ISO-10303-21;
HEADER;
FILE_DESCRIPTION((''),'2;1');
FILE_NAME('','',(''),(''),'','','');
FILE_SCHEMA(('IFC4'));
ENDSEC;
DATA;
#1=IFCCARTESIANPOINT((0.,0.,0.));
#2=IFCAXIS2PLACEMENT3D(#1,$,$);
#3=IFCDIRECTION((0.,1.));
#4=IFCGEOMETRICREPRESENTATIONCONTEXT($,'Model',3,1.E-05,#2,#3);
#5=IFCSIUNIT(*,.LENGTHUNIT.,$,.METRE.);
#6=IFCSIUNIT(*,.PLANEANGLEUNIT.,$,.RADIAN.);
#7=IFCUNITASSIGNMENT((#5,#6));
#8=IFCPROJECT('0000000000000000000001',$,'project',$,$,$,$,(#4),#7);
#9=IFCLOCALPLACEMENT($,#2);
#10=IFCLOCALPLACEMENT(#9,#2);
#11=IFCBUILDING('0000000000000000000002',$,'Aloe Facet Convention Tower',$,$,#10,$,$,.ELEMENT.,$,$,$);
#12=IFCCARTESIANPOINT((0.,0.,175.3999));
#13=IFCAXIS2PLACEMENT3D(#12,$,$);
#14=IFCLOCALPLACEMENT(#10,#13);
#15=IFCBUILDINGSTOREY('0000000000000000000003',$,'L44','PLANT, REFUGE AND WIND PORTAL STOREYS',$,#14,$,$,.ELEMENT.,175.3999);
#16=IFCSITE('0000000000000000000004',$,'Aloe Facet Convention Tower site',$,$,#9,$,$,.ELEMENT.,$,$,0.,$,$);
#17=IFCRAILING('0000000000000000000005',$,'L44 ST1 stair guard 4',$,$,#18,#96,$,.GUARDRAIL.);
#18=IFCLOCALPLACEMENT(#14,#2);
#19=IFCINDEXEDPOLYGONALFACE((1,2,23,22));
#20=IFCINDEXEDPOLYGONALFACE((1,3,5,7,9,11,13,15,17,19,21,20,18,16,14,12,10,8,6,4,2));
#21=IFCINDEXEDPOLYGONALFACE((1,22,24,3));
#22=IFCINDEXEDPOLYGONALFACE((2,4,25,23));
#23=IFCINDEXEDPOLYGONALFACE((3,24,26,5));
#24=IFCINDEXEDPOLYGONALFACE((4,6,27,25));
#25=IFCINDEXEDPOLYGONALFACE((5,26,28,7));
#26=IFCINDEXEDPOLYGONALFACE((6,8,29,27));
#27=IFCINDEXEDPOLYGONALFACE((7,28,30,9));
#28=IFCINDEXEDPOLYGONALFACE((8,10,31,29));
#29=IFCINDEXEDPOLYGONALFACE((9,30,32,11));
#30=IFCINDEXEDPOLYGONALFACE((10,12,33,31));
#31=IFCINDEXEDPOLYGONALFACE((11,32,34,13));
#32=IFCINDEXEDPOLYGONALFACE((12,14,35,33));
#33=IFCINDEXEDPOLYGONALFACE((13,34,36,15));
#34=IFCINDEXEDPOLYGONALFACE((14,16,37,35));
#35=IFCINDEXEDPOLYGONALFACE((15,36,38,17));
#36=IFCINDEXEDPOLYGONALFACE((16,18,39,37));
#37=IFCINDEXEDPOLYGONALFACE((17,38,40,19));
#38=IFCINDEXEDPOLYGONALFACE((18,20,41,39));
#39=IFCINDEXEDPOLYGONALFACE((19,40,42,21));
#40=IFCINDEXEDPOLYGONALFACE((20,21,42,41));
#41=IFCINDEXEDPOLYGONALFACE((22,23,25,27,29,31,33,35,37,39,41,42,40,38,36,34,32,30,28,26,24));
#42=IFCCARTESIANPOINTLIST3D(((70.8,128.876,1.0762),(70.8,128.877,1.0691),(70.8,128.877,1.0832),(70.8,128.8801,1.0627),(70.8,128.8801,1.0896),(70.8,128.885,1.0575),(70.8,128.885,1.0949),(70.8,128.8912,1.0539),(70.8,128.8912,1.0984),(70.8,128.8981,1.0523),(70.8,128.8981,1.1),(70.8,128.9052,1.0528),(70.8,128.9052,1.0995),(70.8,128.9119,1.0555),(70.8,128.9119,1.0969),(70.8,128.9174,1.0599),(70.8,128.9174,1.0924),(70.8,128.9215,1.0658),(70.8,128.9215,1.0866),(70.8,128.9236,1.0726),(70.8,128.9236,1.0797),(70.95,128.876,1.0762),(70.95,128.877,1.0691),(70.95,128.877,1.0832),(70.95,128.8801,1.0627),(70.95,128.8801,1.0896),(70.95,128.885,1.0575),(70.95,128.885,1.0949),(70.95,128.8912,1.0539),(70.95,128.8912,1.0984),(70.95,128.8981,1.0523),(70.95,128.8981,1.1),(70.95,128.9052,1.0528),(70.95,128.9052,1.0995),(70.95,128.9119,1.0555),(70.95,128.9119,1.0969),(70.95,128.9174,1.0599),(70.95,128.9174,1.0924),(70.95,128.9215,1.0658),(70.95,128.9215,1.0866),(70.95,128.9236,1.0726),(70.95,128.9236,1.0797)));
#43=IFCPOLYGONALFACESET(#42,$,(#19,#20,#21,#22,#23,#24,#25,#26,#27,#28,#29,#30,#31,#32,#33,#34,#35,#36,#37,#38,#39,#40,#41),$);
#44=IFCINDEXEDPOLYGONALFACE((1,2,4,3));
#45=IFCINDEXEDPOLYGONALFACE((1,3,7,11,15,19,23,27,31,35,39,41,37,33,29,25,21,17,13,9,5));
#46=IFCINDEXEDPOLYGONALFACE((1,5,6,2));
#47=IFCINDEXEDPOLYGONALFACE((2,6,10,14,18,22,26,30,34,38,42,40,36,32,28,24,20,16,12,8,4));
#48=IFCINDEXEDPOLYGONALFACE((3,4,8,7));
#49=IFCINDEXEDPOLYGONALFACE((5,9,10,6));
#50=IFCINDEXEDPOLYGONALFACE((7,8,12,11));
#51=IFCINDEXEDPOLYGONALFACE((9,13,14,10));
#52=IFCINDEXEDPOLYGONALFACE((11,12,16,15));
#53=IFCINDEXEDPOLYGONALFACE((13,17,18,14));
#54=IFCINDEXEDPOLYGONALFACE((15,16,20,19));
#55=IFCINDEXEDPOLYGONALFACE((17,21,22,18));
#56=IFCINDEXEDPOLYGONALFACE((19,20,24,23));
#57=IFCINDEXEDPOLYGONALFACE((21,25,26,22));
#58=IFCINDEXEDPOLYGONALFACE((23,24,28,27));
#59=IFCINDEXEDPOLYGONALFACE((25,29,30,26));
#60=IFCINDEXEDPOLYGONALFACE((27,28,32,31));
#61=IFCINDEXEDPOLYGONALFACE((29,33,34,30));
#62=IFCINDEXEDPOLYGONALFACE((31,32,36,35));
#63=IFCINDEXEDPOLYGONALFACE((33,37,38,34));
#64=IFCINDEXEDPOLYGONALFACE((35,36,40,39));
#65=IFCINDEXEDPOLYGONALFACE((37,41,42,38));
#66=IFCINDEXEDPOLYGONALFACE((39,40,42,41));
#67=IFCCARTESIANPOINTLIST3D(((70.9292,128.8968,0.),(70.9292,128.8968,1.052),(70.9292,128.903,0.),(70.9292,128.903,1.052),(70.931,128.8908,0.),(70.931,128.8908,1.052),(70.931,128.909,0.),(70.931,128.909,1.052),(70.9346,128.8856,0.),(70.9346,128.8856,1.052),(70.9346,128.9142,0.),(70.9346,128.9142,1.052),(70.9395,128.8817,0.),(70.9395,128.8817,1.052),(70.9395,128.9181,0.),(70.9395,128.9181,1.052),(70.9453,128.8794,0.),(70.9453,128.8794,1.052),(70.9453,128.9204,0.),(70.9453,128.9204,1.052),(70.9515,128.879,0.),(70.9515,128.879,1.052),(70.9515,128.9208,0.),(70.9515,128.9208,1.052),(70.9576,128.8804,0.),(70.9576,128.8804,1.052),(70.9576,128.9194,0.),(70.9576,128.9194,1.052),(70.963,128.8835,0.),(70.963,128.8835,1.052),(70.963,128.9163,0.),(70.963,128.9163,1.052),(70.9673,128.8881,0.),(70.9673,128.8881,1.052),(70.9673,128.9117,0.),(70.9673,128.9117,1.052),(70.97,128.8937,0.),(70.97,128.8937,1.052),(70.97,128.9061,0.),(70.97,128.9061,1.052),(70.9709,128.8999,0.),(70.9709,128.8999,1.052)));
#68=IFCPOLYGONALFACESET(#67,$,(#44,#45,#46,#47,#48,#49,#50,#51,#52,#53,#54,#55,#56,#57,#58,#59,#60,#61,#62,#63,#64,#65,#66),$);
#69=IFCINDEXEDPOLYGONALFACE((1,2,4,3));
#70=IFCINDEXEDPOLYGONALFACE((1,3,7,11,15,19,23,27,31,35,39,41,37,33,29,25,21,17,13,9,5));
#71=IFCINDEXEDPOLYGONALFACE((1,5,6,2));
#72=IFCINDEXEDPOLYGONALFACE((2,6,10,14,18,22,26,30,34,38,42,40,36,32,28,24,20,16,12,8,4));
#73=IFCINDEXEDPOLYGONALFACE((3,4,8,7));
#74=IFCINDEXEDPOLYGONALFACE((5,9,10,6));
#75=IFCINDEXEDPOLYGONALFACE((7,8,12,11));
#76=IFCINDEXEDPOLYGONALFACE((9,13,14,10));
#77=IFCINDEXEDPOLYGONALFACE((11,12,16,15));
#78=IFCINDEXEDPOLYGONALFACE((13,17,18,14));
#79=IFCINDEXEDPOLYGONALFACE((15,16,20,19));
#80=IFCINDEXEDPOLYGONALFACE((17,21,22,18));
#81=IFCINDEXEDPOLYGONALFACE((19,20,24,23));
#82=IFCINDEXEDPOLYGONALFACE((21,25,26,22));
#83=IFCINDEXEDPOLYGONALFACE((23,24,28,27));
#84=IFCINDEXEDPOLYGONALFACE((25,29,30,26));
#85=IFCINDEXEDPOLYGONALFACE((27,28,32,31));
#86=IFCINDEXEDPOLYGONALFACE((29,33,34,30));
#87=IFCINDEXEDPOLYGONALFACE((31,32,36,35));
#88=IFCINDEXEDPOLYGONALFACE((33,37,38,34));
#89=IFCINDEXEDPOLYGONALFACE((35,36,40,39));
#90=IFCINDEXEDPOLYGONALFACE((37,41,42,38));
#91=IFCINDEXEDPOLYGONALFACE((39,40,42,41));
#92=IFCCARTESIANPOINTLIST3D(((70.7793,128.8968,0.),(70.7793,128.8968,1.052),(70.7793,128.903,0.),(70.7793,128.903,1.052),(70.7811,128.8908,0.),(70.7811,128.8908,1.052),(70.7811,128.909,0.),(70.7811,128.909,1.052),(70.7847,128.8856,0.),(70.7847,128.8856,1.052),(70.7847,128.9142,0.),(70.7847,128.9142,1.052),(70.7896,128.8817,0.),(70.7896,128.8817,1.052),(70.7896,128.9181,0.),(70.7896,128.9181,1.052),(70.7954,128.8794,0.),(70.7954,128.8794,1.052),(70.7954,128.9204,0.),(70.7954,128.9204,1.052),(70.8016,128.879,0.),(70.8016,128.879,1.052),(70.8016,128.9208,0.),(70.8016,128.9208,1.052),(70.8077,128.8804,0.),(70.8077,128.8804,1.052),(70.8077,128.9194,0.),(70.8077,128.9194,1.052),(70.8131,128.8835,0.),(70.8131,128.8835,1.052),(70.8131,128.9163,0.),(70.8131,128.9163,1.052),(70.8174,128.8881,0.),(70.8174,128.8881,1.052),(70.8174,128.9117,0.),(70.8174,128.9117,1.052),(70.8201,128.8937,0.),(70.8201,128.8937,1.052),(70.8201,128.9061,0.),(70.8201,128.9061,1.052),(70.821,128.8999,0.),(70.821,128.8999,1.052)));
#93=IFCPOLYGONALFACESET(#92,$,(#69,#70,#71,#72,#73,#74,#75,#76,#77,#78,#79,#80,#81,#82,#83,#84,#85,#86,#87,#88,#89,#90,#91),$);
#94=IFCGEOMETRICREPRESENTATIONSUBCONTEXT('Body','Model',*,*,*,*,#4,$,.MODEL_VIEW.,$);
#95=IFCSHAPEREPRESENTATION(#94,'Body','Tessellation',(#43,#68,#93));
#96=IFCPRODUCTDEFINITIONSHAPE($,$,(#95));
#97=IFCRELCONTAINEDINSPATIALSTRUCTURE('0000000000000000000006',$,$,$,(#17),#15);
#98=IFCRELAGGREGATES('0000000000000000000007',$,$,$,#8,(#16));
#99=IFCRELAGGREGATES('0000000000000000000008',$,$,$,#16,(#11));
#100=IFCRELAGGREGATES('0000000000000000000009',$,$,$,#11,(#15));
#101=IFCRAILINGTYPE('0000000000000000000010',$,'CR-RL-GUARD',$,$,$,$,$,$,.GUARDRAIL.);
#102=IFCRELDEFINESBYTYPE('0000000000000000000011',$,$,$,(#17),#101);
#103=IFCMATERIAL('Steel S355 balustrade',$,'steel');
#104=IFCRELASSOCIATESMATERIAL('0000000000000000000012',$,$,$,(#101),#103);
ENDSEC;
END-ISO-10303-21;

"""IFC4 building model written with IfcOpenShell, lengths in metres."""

from ifc_helpers import new_model, si_unit, direction, frame, origin, origin_2d, place, context, subcontext, project, spatial, circle, extrude, material, type_object, element, save


model = new_model("IFC4")

# Units and contexts
model_context = context("Model", 3, precision=1e-05, world=origin(), true_north=direction((0.0, 1.0)))
body_context = subcontext(model_context, "Body", "Model", "MODEL_VIEW")
ifc_project = project(units=[si_unit("LENGTHUNIT", "METRE"), si_unit("PLANEANGLEUNIT", "RADIAN")], contexts=[model_context])

# Site, building, storey
site_placement = place(None, origin())
site = spatial("IfcSite", under=ifc_project, at=site_placement, Name="Aloe Facet Convention Tower site", CompositionType="ELEMENT", RefElevation=0.0)
building_placement = place(site_placement, origin())
building = spatial("IfcBuilding", under=site, at=building_placement, Name="Aloe Facet Convention Tower", CompositionType="ELEMENT")
storey_placement = place(building_placement, frame((0.0, 0.0, 175.3999)))
storey = spatial("IfcBuildingStorey", under=building, at=storey_placement, Name="L44", Description="PLANT, REFUGE AND WIND PORTAL STOREYS", CompositionType="ELEMENT", Elevation=175.3999)

# Railing
ifc_material_1 = material(Name="Steel S355 balustrade", Category="steel")
railing_type_1 = type_object("IfcRailingType", Name="CR-RL-GUARD", PredefinedType="GUARDRAIL", material=ifc_material_1)
railing_1_placement = place(storey_placement, frame((70.95, 128.8999, 0.0)))
element("IfcRailing", 1, at=railing_1_placement, inside=storey, type_object=railing_type_1, Name="L44 ST1 stair guard 4", PredefinedType="GUARDRAIL", context=body_context, shape_type="SweptSolid", body=[
    extrude(circle(Radius=0.0239, at=origin_2d()), frame((0.0, 0.0, 1.0762), z_axis=(-1.0, 0.0, 0.0), x_axis=(0.0, -1.0, 0.0)), (0.0, 0.0, 1.0), 0.1499),
    extrude(circle(Radius=0.021, at=origin_2d()), origin(), (0.0, 0.0, 1.0), 1.052),
    extrude(circle(Radius=0.021, at=origin_2d()), frame((-0.1499, 0.0, 0.0)), (0.0, 0.0, 1.0), 1.052),
])

save(model, "model.ifc")
